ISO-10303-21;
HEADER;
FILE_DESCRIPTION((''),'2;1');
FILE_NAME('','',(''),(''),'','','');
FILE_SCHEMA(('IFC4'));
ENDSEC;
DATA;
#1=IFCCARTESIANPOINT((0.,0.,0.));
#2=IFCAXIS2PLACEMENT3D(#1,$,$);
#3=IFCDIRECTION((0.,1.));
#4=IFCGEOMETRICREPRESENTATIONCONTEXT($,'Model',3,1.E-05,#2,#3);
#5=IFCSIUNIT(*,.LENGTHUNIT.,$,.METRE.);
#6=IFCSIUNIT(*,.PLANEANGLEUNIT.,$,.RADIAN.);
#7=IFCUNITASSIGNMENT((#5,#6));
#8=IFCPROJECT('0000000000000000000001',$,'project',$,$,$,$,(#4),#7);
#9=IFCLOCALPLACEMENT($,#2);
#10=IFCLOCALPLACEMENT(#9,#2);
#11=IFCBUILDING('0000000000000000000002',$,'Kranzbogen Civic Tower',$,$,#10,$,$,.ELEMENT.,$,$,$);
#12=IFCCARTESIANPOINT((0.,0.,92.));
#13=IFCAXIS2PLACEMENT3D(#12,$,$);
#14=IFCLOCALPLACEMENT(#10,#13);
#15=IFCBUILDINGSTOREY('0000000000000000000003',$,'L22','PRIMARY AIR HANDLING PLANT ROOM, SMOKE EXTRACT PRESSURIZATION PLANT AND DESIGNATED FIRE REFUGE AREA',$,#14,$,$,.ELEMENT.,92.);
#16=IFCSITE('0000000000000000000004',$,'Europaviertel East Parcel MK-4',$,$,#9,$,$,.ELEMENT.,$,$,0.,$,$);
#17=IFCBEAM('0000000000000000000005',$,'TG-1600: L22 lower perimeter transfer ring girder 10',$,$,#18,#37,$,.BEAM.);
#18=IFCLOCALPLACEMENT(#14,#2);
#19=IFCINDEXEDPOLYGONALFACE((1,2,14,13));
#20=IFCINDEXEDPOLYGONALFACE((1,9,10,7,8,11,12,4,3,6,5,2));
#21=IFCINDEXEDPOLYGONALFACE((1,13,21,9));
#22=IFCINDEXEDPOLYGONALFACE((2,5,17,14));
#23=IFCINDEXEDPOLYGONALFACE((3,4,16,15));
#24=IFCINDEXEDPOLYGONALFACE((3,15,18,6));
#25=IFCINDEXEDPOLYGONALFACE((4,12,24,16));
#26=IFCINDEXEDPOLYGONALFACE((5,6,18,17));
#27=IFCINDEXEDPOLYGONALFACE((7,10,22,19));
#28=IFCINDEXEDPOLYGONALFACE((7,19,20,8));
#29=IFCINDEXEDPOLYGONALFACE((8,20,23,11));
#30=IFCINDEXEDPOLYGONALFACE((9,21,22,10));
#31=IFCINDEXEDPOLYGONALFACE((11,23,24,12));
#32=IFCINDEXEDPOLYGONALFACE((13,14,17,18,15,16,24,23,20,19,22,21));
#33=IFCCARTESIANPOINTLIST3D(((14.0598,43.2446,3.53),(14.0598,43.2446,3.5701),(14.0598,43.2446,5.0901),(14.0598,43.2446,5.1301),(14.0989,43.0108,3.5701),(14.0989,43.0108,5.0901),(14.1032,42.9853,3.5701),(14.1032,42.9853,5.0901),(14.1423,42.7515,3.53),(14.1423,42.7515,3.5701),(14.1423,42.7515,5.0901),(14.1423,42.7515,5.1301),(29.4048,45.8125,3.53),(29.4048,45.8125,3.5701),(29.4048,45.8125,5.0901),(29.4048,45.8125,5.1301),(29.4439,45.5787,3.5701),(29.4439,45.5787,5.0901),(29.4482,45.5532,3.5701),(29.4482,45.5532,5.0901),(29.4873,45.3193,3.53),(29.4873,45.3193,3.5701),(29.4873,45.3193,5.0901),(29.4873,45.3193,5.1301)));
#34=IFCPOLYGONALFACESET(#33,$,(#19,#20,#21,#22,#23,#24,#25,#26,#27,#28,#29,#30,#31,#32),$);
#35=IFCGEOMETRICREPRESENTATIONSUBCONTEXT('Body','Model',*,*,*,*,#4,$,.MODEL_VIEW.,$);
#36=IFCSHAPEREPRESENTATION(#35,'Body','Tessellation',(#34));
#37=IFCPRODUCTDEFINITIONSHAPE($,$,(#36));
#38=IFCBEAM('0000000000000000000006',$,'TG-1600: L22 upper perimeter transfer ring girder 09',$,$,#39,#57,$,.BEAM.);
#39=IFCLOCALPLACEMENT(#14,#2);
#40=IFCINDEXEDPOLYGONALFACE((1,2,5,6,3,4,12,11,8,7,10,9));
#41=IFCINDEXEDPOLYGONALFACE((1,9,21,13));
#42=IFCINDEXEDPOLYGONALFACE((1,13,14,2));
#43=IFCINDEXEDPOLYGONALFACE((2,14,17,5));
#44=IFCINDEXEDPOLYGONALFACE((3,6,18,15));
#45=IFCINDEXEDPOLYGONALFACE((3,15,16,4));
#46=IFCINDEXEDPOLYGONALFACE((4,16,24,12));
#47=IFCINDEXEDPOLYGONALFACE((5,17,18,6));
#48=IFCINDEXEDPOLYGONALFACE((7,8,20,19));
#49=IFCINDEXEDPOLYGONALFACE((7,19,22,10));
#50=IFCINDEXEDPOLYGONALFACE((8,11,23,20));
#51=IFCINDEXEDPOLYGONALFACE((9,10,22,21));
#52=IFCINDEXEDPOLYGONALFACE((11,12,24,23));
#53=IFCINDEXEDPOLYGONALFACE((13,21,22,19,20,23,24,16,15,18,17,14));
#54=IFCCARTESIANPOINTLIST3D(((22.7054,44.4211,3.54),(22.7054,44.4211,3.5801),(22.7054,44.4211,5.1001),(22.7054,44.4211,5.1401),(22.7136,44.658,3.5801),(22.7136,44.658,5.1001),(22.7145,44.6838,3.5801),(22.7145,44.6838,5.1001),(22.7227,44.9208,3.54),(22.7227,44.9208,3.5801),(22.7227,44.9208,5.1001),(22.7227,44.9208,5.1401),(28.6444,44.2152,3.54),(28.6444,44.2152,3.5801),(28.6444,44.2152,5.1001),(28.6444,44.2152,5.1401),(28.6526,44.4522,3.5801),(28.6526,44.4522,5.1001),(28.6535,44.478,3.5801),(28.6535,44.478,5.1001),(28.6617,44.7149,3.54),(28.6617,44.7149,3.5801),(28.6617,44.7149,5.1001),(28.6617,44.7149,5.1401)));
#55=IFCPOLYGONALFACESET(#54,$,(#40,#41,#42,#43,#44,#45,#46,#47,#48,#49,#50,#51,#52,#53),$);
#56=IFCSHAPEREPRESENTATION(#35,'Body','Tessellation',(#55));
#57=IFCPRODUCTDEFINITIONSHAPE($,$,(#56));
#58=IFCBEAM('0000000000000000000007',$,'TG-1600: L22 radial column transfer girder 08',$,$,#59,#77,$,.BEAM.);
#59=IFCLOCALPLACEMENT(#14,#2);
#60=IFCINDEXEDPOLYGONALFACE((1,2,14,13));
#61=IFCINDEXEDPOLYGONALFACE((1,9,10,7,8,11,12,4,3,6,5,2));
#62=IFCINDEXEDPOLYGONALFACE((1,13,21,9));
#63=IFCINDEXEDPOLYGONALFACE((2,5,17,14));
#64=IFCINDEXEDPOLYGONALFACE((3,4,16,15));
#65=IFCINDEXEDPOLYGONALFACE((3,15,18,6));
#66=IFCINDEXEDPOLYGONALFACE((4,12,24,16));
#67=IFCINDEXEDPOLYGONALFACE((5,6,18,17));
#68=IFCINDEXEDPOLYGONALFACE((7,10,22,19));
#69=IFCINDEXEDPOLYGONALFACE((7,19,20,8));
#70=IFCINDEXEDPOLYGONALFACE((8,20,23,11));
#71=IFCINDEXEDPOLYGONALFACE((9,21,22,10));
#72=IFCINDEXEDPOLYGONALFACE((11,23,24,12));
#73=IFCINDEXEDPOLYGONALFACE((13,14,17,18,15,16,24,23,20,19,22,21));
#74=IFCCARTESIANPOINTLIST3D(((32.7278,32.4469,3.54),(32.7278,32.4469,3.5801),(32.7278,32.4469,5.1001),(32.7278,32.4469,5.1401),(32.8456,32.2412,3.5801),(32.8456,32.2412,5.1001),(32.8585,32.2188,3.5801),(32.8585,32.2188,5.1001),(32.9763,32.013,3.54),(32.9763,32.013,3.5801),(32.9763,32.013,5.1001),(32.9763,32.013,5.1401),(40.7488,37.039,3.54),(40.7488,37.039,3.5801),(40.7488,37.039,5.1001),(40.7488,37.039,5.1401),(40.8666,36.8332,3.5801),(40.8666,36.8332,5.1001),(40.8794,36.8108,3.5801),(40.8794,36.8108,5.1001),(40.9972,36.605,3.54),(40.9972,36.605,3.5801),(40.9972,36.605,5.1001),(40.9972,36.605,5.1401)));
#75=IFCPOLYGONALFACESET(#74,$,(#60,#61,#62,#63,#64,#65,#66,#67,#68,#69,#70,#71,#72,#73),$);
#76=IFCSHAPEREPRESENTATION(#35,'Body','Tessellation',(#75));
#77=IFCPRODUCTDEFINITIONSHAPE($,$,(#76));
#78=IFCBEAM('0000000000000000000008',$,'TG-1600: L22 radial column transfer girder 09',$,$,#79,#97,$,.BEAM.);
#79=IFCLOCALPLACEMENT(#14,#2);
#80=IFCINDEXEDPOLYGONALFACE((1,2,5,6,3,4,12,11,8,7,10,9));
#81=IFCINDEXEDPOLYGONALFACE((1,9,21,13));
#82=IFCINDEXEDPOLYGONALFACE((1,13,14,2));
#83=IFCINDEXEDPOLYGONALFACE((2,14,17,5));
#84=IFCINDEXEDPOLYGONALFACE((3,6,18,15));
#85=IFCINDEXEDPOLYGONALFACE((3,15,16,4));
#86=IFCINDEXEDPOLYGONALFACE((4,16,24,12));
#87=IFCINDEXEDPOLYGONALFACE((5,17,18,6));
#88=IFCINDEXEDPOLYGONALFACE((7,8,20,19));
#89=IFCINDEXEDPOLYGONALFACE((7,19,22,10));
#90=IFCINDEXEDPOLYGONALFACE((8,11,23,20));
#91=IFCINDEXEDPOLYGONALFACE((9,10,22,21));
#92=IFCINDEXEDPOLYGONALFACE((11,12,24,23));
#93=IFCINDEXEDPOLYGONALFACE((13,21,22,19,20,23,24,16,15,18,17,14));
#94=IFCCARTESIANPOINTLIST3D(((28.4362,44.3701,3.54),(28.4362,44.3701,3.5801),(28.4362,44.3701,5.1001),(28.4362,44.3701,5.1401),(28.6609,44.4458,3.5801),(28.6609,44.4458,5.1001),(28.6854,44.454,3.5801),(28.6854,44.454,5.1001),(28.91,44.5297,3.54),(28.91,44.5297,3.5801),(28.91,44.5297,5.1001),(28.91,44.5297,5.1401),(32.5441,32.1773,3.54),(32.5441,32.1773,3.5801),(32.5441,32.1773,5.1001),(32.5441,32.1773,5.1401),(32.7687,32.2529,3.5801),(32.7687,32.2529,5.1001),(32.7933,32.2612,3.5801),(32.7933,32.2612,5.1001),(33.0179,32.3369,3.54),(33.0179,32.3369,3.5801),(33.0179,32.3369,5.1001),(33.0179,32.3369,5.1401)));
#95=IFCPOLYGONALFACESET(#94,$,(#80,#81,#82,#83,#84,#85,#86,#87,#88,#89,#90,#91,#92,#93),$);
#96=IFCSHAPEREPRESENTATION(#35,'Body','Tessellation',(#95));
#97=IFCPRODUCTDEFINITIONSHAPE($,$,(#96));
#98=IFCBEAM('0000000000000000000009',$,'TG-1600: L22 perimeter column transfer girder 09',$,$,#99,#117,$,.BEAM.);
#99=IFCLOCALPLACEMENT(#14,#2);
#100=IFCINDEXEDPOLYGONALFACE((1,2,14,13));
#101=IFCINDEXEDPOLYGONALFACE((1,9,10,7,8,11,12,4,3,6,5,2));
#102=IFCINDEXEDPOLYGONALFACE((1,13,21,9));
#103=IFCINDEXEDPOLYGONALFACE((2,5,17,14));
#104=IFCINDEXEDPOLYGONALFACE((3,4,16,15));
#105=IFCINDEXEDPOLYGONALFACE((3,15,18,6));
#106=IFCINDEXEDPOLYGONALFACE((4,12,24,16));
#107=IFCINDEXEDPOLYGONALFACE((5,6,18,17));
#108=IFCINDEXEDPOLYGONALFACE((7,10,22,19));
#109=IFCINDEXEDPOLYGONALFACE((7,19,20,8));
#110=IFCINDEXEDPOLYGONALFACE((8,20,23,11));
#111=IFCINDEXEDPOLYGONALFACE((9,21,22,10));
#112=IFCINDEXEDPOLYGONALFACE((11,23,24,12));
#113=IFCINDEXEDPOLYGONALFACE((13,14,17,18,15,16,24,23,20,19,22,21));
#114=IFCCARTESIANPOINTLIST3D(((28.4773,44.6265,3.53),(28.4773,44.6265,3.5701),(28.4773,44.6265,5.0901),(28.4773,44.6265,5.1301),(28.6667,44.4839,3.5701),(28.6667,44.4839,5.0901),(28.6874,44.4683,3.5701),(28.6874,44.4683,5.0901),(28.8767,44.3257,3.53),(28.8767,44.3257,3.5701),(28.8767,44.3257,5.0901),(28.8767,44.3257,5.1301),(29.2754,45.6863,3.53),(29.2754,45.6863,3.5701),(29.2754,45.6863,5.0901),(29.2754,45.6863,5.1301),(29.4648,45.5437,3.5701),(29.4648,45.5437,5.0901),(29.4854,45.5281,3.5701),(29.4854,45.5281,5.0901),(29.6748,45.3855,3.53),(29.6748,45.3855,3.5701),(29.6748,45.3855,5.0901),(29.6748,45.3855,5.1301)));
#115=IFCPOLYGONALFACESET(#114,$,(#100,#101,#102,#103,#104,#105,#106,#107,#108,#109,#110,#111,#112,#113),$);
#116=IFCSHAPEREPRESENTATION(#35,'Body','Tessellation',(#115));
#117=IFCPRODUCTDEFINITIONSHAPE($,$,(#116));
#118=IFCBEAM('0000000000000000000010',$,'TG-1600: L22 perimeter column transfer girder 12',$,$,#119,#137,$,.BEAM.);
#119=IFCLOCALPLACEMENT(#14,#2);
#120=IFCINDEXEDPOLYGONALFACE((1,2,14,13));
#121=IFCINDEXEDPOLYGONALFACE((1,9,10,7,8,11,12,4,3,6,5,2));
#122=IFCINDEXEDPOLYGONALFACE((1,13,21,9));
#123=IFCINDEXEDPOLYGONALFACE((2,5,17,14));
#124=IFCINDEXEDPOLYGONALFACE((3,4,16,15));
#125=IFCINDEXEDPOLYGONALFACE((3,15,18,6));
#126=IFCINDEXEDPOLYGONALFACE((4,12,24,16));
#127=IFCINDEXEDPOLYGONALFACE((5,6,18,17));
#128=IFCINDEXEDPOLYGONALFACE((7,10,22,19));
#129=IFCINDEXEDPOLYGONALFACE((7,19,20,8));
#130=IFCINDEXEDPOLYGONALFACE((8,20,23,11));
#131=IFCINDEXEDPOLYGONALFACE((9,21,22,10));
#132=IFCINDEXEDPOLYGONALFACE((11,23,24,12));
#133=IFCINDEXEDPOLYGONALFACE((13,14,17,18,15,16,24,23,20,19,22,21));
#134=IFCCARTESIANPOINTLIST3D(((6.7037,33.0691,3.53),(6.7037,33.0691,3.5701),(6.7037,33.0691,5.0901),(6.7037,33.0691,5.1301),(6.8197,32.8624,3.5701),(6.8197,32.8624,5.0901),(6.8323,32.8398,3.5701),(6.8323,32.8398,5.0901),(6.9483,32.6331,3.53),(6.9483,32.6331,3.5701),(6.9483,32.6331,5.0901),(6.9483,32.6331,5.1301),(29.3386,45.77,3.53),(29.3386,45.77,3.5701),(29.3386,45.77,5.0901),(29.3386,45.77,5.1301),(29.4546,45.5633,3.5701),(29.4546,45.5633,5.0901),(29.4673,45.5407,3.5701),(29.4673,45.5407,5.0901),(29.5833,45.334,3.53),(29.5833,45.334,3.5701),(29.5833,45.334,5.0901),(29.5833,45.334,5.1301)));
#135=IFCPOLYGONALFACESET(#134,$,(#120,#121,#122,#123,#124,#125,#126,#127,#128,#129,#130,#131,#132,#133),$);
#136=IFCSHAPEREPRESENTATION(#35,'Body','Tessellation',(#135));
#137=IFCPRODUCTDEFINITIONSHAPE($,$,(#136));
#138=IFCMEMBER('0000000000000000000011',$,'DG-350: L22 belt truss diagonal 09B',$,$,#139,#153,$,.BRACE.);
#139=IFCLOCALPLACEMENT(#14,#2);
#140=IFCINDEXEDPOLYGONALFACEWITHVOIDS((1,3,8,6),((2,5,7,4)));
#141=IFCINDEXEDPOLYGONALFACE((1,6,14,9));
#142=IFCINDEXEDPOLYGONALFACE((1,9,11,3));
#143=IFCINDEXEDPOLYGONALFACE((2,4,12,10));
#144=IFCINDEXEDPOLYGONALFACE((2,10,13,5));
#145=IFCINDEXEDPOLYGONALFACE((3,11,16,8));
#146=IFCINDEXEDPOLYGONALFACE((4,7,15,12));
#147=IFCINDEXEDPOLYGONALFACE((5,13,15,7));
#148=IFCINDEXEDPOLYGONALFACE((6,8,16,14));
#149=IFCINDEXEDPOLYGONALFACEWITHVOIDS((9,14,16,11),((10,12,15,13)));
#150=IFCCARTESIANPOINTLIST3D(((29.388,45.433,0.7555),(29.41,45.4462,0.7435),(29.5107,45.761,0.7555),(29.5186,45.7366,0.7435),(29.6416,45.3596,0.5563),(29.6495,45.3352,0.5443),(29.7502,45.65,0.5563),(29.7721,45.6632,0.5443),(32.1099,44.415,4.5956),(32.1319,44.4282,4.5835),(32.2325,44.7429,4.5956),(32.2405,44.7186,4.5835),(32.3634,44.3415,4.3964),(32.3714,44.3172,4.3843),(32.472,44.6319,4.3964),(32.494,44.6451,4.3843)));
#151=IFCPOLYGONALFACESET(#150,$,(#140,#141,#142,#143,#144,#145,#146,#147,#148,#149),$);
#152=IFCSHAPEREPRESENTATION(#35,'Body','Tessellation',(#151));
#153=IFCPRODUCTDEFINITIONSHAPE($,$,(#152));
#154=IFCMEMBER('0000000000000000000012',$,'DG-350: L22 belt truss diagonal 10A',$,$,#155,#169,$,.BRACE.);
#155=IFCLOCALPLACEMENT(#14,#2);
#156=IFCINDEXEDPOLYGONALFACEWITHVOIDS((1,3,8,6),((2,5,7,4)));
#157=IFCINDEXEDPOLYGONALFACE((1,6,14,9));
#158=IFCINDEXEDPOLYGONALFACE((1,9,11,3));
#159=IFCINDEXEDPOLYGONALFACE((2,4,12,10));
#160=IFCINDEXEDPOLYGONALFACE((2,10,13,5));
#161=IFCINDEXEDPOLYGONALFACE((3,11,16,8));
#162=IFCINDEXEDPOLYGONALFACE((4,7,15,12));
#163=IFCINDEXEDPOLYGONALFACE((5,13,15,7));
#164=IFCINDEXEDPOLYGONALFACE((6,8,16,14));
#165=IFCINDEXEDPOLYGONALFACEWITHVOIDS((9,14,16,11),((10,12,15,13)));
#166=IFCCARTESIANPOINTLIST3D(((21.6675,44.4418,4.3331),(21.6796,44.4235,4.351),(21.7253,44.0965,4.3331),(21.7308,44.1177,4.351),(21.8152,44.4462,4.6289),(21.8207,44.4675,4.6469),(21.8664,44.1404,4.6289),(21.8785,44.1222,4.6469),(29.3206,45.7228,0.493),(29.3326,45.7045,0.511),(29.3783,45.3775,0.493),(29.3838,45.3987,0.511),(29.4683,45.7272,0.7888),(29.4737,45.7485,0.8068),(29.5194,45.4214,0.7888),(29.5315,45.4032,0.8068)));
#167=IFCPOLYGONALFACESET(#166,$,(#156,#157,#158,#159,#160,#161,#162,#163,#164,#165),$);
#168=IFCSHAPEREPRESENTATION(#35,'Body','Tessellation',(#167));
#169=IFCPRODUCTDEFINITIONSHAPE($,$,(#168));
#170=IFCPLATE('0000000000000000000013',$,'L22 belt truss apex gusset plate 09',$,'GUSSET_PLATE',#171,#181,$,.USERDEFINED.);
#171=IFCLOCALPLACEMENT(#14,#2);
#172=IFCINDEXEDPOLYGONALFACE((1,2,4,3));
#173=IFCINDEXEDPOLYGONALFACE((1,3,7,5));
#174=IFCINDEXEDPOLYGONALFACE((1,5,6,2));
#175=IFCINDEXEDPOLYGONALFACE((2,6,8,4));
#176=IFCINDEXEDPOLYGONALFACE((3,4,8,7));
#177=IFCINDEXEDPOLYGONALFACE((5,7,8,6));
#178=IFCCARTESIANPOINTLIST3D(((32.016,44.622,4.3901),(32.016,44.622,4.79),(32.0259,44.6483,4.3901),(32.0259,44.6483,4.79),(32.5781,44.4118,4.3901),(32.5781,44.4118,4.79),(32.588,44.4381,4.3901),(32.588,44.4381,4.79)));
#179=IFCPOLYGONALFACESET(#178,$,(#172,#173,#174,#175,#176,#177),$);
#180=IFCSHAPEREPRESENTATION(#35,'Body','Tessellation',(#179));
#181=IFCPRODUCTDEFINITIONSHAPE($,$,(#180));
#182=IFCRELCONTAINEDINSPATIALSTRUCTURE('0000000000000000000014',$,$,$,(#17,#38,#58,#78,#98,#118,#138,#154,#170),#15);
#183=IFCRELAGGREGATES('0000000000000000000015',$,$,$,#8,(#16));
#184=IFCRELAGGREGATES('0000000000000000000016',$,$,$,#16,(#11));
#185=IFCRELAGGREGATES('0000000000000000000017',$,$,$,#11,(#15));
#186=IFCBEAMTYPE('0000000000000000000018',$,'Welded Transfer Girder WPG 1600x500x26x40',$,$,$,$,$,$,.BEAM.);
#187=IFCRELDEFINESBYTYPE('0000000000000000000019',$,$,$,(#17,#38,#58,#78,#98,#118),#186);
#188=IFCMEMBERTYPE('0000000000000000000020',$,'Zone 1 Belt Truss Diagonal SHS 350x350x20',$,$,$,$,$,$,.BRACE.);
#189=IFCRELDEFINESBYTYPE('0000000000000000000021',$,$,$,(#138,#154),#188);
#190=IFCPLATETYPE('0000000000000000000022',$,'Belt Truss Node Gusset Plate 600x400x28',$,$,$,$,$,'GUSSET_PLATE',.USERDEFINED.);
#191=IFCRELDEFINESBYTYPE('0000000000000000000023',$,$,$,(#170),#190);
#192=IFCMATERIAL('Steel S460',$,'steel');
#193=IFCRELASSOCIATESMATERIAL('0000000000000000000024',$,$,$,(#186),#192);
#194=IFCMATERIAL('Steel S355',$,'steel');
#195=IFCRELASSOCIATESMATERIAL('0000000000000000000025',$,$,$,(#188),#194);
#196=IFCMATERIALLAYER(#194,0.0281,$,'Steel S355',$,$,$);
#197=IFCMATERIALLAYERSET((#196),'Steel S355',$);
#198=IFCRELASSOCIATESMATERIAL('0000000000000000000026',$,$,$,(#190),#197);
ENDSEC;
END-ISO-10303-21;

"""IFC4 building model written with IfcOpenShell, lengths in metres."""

from ifc_helpers import new_model, si_unit, direction, frame, origin, origin_2d, place, context, subcontext, project, spatial, rectangle, hollow_rectangle, i_section, extrude, material, layer, layer_set, material_profile, profile_set, type_object, element, save


model = new_model("IFC4")

# Units and contexts
model_context = context("Model", 3, precision=1e-05, world=origin(), true_north=direction((0.0, 1.0)))
body_context = subcontext(model_context, "Body", "Model", "MODEL_VIEW")
ifc_project = project(units=[si_unit("LENGTHUNIT", "METRE"), si_unit("PLANEANGLEUNIT", "RADIAN")], contexts=[model_context])

# Site, building, storey
site_placement = place(None, origin())
site = spatial("IfcSite", under=ifc_project, at=site_placement, Name="Europaviertel East Parcel MK-4", CompositionType="ELEMENT", RefElevation=0.0)
building_placement = place(site_placement, origin())
building = spatial("IfcBuilding", under=site, at=building_placement, Name="Kranzbogen Civic Tower", CompositionType="ELEMENT")
storey_placement = place(building_placement, frame((0.0, 0.0, 92.0)))
storey = spatial("IfcBuildingStorey", under=building, at=storey_placement, Name="L22", Description="PRIMARY AIR HANDLING PLANT ROOM, SMOKE EXTRACT PRESSURIZATION PLANT AND DESIGNATED FIRE REFUGE AREA", CompositionType="ELEMENT", Elevation=92.0)

# Shared definitions
ifc_material_1 = material(Name="Steel S355", Category="steel")
ifc_material_2 = material(Name="Steel S460", Category="steel")

# Beams
ifc_material_profile_1 = material_profile(ifc_material_2, i_section(OverallWidth=0.5, OverallDepth=1.6001, WebThickness=0.0259, FlangeThickness=0.04, at=origin_2d()), Name="WPG 1600x500x26x40")
ifc_profile_set_1 = profile_set([ifc_material_profile_1], Name="Steel S460")
beam_type_1 = type_object("IfcBeamType", Name="Welded Transfer Girder WPG 1600x500x26x40", PredefinedType="BEAM", material=ifc_profile_set_1)
beam_1_placement = place(storey_placement, frame((29.446, 45.5659, 4.3301), z_axis=(-0.986286, -0.165048, 0.0), x_axis=(0.165048, -0.986286, 0.0)))
element("IfcBeam", 1, at=beam_1_placement, inside=storey, type_object=beam_type_1, Name="TG-1600: L22 lower perimeter transfer ring girder 10", PredefinedType="BEAM", context=body_context, shape_type="SweptSolid", body=[
    extrude(i_section(OverallWidth=0.5, OverallDepth=1.6001, WebThickness=0.0259, FlangeThickness=0.04, at=origin_2d()), origin(), (0.0, 0.0, 1.0), 15.5583),
])
beam_2_placement = place(storey_placement, frame((28.6531, 44.4651, 4.3401), z_axis=(-0.9994, 0.034633, 0.0), x_axis=(-0.034633, -0.9994, 0.0)))
element("IfcBeam", 2, at=beam_2_placement, inside=storey, type_object=beam_type_1, Name="TG-1600: L22 upper perimeter transfer ring girder 09", PredefinedType="BEAM", context=body_context, shape_type="SweptSolid", body=[
    extrude(i_section(OverallWidth=0.5, OverallDepth=1.6001, WebThickness=0.0259, FlangeThickness=0.04, at=origin_2d()), origin(), (0.0, 0.0, 1.0), 5.9426),
])
beam_3_placement = place(storey_placement, frame((32.8521, 32.23, 4.3401), z_axis=(0.867841, 0.496841, 0.0), x_axis=(-0.496841, 0.867841, 0.0)))
element("IfcBeam", 3, at=beam_3_placement, inside=storey, type_object=beam_type_1, Name="TG-1600: L22 radial column transfer girder 08", PredefinedType="BEAM", context=body_context, shape_type="SweptSolid", body=[
    extrude(i_section(OverallWidth=0.5, OverallDepth=1.6001, WebThickness=0.0259, FlangeThickness=0.04, at=origin_2d()), origin(), (0.0, 0.0, 1.0), 9.2424),
])
beam_4_placement = place(storey_placement, frame((32.781, 32.2571, 4.3401), z_axis=(-0.319277, 0.947661, 0.0), x_axis=(-0.947661, -0.319277, 0.0)))
element("IfcBeam", 4, at=beam_4_placement, inside=storey, type_object=beam_type_1, Name="TG-1600: L22 radial column transfer girder 09", PredefinedType="BEAM", context=body_context, shape_type="SweptSolid", body=[
    extrude(i_section(OverallWidth=0.5, OverallDepth=1.6001, WebThickness=0.0259, FlangeThickness=0.04, at=origin_2d()), origin(), (0.0, 0.0, 1.0), 12.8662),
])
beam_5_placement = place(storey_placement, frame((29.4751, 45.5359, 4.3301), z_axis=(-0.601559, -0.798828, 0.0), x_axis=(0.798828, -0.601559, 0.0)))
element("IfcBeam", 5, at=beam_5_placement, inside=storey, type_object=beam_type_1, Name="TG-1600: L22 perimeter column transfer girder 09", PredefinedType="BEAM", context=body_context, shape_type="SweptSolid", body=[
    extrude(i_section(OverallWidth=0.5, OverallDepth=1.6001, WebThickness=0.0259, FlangeThickness=0.04, at=origin_2d()), origin(), (0.0, 0.0, 1.0), 1.3267),
])
beam_6_placement = place(storey_placement, frame((29.4609, 45.552, 4.3301), z_axis=(-0.87209, -0.489346, 0.0), x_axis=(0.489346, -0.87209, 0.0)))
element("IfcBeam", 6, at=beam_6_placement, inside=storey, type_object=beam_type_1, Name="TG-1600: L22 perimeter column transfer girder 12", PredefinedType="BEAM", context=body_context, shape_type="SweptSolid", body=[
    extrude(i_section(OverallWidth=0.5, OverallDepth=1.6001, WebThickness=0.0259, FlangeThickness=0.04, at=origin_2d()), origin(), (0.0, 0.0, 1.0), 25.9548),
])

# Members
ifc_material_profile_2 = material_profile(ifc_material_1, hollow_rectangle(XDim=0.3501, YDim=0.3501, WallThickness=0.02, at=origin_2d()), Name="SHS 350x350x20")
ifc_profile_set_2 = profile_set([ifc_material_profile_2], Name="Steel S355")
member_type_1 = type_object("IfcMemberType", Name="Zone 1 Belt Truss Diagonal SHS 350x350x20", PredefinedType="BRACE", material=ifc_profile_set_2)
member_1_placement = place(storey_placement, frame((29.5801, 45.5481, 0.6499), z_axis=(0.565211, -0.211403, 0.797399), x_axis=(0.350322, 0.936629, 0.0)))
element("IfcMember", 7, at=member_1_placement, inside=storey, type_object=member_type_1, Name="DG-350: L22 belt truss diagonal 09B", PredefinedType="BRACE", context=body_context, shape_type="SweptSolid", body=[
    extrude(hollow_rectangle(XDim=0.3501, YDim=0.3501, WallThickness=0.02, at=origin_2d()), origin(), (0.0, 0.0, 1.0), 4.8157),
])
member_2_placement = place(storey_placement, frame((29.426, 45.563, 0.6499), z_axis=(-0.883956, -0.14796, 0.443543), x_axis=(0.165088, -0.986279, 0.0)))
element("IfcMember", 8, at=member_2_placement, inside=storey, type_object=member_type_1, Name="DG-350: L22 belt truss diagonal 10A", PredefinedType="BRACE", context=body_context, shape_type="SweptSolid", body=[
    extrude(hollow_rectangle(XDim=0.3501, YDim=0.3501, WallThickness=0.02, at=origin_2d()), origin(), (0.0, 0.0, 1.0), 8.6577),
])

# Plate
ifc_layer_1 = layer(ifc_material_1, 0.0281, Name="Steel S355")
ifc_layer_set_1 = layer_set([ifc_layer_1], Name="Steel S355")
plate_type_1 = type_object("IfcPlateType", Name="Belt Truss Node Gusset Plate 600x400x28", ElementType="GUSSET_PLATE", PredefinedType="USERDEFINED", material=ifc_layer_set_1)
plate_1_placement = place(storey_placement, frame((32.302, 44.53, 4.3901), z_axis=(0.0, 0.0, 1.0), x_axis=(-0.936648, 0.350273, 0.0)))
element("IfcPlate", 9, at=plate_1_placement, inside=storey, type_object=plate_type_1, Name="L22 belt truss apex gusset plate 09", ObjectType="GUSSET_PLATE", PredefinedType="USERDEFINED", context=body_context, shape_type="SweptSolid", body=[
    extrude(rectangle(XDim=0.6001, YDim=0.0281, at=origin_2d()), origin(), (0.0, 0.0, 1.0), 0.3999),
])

save(model, "model.ifc")
